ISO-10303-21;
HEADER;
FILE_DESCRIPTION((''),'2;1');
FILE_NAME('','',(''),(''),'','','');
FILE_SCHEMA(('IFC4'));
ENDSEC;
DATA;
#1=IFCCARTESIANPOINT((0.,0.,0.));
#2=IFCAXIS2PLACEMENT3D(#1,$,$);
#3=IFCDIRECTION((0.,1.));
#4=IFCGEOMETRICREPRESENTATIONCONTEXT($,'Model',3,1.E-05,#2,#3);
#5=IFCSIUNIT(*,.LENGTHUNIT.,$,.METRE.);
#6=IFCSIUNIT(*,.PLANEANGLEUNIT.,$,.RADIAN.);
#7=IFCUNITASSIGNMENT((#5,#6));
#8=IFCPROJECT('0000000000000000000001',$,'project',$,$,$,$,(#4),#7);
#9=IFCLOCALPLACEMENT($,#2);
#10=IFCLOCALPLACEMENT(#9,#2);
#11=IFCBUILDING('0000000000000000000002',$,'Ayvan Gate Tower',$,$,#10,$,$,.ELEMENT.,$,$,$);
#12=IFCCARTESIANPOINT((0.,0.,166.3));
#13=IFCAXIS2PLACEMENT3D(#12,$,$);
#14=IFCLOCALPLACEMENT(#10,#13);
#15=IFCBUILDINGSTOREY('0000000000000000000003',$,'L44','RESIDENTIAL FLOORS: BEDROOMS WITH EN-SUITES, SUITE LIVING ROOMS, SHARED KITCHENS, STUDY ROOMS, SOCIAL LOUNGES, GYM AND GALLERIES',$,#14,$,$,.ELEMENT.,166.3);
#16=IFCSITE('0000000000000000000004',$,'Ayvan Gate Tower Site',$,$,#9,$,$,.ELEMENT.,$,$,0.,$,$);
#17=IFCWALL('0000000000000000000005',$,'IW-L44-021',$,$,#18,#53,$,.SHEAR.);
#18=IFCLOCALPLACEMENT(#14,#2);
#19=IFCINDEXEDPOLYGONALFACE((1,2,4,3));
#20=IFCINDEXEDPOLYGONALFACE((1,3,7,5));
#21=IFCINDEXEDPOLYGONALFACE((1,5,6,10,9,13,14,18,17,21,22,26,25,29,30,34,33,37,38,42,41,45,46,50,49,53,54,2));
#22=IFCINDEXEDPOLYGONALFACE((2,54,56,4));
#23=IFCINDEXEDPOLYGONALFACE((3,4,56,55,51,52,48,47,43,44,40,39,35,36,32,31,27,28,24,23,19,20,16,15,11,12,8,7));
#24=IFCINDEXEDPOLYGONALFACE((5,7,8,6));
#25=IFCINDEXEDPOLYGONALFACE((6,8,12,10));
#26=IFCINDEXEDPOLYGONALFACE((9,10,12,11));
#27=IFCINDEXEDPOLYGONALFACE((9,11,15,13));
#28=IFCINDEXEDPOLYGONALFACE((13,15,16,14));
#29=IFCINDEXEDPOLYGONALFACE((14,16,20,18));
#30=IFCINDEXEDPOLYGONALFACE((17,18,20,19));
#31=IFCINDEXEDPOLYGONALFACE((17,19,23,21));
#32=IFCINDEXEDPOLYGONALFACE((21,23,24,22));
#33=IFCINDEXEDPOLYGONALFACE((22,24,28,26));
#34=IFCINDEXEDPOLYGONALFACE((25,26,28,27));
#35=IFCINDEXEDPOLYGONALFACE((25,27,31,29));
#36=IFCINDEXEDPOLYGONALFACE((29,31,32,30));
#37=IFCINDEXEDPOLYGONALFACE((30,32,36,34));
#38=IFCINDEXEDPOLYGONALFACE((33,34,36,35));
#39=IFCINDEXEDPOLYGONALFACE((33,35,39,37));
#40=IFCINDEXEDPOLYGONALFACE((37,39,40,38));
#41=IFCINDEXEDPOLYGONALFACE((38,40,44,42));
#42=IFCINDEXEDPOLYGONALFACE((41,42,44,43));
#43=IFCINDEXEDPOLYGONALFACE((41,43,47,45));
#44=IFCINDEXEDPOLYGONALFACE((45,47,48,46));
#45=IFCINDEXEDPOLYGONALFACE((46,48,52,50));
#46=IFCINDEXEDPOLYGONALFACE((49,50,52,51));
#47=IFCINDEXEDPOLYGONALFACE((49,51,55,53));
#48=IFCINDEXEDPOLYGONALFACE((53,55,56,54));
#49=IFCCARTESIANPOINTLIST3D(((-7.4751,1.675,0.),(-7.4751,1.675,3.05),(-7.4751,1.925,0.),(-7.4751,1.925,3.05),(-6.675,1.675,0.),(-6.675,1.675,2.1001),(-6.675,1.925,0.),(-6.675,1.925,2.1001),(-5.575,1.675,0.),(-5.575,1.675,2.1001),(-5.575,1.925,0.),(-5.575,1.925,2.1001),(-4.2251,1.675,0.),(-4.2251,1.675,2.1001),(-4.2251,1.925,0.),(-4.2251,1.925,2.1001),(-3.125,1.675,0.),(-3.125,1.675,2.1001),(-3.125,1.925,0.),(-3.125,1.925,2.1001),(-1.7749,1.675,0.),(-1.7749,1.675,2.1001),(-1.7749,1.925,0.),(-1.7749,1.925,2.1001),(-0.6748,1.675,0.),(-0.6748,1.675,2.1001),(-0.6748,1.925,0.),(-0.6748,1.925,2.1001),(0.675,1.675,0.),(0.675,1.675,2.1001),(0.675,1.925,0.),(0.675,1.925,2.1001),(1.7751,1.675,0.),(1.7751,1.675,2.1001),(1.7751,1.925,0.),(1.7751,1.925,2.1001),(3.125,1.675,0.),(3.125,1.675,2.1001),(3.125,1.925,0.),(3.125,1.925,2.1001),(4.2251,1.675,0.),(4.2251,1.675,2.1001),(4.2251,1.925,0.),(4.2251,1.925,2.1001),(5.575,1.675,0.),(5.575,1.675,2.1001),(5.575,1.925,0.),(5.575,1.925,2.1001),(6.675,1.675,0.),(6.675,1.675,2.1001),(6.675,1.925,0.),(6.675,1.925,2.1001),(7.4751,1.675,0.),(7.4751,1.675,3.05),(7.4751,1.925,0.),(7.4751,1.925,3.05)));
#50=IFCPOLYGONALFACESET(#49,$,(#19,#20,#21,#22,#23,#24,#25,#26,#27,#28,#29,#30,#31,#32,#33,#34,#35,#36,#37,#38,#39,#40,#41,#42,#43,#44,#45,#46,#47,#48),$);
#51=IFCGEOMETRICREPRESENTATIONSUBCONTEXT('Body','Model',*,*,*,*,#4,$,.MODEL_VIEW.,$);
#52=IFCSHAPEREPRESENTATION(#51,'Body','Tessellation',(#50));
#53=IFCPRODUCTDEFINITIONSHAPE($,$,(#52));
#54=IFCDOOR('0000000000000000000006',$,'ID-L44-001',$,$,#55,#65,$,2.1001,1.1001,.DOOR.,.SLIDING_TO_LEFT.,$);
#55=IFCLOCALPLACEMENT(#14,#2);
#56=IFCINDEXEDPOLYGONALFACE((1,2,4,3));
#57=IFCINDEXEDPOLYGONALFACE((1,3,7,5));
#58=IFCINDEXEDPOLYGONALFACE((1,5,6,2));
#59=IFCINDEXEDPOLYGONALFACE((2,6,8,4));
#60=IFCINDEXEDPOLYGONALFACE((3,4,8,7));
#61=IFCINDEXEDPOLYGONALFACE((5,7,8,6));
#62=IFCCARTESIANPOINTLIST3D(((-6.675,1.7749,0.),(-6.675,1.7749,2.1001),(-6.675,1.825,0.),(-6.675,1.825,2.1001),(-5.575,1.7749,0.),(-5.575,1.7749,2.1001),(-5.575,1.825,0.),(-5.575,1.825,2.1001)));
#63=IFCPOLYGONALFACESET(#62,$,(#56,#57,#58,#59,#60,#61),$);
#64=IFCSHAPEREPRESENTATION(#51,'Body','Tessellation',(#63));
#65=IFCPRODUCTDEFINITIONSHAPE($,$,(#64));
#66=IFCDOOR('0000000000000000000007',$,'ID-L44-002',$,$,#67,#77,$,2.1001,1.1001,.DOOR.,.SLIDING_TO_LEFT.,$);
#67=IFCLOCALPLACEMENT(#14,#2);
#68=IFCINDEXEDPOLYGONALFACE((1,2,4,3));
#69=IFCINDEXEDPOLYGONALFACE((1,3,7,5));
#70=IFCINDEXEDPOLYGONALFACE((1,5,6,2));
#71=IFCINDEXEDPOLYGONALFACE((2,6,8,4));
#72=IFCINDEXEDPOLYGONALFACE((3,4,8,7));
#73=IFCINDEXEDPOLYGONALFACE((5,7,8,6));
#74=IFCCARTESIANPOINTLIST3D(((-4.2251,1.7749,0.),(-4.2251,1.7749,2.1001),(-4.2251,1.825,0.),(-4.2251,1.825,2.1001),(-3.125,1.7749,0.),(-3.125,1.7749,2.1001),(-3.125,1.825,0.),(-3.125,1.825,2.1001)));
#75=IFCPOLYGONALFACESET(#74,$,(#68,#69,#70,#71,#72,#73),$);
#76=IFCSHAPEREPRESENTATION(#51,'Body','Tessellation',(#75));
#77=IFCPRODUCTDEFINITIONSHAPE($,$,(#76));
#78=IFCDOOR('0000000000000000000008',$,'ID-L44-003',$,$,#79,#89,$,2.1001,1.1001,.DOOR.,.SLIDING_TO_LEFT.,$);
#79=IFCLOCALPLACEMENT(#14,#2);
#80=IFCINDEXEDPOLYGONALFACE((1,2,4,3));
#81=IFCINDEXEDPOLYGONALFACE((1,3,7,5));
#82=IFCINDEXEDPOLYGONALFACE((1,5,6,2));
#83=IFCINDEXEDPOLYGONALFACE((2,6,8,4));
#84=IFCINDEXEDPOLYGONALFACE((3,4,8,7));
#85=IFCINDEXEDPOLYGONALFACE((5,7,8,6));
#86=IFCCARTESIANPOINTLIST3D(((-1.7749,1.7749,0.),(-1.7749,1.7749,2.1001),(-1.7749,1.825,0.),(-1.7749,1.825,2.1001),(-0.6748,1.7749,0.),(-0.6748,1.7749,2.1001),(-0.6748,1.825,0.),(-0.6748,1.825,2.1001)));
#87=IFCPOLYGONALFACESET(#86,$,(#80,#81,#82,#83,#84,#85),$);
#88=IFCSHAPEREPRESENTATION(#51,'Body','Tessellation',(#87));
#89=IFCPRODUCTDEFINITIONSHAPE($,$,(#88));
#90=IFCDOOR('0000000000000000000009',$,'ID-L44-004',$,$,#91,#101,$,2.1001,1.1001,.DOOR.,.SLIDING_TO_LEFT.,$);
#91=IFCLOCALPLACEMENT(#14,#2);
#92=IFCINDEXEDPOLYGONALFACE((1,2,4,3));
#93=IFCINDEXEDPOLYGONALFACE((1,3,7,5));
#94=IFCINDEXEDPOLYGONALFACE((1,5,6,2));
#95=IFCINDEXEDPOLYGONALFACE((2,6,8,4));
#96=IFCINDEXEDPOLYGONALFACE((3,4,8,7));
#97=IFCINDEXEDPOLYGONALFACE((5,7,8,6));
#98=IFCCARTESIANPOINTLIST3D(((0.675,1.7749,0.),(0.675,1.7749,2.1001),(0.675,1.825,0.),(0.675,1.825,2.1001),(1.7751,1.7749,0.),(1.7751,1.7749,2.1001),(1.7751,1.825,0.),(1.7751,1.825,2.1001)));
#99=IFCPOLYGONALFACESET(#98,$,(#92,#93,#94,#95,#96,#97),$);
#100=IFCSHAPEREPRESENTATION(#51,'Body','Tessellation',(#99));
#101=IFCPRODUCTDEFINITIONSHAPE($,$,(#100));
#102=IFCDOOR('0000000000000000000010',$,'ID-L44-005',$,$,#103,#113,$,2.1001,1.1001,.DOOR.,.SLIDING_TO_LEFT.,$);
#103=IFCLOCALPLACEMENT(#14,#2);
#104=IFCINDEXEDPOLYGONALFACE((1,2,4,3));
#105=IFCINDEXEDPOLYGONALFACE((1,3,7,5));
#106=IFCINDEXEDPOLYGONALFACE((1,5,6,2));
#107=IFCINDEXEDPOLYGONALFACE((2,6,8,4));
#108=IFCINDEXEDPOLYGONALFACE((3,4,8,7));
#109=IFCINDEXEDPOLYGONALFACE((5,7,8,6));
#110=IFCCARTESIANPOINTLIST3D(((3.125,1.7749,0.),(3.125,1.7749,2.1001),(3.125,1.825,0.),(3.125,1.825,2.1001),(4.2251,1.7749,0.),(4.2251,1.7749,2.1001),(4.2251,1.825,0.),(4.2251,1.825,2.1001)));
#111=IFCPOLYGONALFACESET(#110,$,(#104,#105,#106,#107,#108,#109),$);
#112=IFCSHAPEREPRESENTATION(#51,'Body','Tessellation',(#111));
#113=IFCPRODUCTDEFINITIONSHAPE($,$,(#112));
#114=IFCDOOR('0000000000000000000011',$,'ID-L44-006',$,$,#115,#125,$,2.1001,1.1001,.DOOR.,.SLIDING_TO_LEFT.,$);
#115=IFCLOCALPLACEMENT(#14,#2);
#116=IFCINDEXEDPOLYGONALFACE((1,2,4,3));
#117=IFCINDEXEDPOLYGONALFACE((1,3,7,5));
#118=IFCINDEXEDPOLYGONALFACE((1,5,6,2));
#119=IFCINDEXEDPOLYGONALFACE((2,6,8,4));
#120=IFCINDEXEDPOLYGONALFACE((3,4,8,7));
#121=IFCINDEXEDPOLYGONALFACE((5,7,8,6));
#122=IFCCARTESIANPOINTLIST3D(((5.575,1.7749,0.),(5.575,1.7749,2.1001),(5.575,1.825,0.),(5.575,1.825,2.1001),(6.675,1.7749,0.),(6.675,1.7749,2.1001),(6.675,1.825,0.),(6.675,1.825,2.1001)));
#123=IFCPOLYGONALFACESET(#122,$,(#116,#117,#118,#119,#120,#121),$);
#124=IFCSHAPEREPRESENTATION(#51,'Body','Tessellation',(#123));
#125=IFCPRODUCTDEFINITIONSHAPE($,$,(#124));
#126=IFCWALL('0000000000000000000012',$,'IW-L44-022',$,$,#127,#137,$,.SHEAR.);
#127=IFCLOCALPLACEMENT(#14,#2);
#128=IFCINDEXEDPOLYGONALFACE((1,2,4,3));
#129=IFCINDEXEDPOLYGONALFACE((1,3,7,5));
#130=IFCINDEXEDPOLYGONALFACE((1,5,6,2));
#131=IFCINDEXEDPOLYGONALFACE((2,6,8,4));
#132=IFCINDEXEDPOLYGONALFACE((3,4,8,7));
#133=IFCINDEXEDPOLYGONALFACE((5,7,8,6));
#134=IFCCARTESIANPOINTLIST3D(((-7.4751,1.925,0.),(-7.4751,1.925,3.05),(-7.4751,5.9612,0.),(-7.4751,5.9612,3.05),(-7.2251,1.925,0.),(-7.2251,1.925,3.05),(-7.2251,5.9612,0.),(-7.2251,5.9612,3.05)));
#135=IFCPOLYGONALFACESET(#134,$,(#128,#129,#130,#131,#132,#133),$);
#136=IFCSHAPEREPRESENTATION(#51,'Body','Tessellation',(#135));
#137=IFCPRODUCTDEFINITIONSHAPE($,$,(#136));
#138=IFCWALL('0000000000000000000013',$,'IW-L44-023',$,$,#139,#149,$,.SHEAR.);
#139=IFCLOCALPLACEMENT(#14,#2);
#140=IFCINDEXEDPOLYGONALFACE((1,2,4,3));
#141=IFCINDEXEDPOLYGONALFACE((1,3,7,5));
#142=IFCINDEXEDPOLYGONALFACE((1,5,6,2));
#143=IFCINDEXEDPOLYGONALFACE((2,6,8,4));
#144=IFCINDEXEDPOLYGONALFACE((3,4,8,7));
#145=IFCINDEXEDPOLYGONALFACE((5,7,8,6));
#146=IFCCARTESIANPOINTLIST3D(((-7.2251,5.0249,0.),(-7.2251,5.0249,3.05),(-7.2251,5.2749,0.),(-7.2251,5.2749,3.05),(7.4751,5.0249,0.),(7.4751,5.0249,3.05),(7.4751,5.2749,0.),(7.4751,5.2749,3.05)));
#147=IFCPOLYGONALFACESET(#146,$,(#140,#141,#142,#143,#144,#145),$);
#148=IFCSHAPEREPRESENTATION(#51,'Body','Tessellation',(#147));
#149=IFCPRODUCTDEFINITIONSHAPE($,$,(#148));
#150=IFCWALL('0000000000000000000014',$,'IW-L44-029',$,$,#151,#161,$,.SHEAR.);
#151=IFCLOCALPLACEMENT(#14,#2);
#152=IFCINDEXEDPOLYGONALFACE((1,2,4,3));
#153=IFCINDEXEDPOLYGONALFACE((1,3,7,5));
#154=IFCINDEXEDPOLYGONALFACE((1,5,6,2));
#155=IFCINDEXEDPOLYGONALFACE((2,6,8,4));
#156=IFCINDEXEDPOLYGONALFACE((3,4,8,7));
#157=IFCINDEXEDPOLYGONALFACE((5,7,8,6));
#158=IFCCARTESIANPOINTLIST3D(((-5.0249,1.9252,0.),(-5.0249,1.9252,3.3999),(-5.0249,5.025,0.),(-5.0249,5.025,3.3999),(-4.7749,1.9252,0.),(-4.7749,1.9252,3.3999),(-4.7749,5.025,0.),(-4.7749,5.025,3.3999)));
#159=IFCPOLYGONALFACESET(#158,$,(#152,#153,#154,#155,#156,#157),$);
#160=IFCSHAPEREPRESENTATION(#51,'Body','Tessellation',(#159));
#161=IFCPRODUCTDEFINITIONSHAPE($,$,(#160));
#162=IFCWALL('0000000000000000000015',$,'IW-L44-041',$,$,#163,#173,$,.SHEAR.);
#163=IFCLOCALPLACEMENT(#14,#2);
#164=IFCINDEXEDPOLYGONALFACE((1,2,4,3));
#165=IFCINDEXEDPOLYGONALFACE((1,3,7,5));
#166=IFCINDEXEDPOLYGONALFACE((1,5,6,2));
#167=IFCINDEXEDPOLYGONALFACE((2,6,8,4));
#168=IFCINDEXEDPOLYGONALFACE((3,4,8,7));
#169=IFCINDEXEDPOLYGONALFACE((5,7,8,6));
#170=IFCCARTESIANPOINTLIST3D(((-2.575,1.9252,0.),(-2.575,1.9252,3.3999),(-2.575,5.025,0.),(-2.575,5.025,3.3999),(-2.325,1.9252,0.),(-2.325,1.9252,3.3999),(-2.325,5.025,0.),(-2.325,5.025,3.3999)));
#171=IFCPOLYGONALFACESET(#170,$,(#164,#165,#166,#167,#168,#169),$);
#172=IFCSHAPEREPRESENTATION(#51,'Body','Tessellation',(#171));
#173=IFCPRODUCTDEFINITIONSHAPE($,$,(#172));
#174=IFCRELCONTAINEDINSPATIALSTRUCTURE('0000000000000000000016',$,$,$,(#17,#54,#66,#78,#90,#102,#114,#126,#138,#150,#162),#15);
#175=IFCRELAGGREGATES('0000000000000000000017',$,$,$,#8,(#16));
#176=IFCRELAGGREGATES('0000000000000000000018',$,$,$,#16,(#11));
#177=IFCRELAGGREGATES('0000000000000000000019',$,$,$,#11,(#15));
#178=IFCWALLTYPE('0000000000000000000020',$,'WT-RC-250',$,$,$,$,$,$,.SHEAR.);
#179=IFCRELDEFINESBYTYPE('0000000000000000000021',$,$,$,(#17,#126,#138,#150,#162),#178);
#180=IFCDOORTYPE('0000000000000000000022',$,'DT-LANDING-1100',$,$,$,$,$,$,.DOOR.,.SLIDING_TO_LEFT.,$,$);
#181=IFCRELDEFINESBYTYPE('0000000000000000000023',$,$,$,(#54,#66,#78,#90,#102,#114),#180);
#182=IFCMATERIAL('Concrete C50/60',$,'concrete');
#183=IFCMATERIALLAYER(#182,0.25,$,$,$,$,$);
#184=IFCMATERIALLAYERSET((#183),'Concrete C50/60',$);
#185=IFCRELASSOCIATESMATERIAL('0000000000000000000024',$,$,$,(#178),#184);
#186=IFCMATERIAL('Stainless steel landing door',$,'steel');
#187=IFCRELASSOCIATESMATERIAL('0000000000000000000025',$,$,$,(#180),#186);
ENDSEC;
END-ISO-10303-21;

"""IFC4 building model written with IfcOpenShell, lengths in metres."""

from ifc_helpers import new_model, si_unit, direction, frame, frame_2d, origin, place, context, subcontext, project, spatial, rectangle, extrude, material, layer, layer_set, type_object, element, fill, save


model = new_model("IFC4")

# Units and contexts
model_context = context("Model", 3, precision=1e-05, world=origin(), true_north=direction((0.0, 1.0)))
body_context = subcontext(model_context, "Body", "Model", "MODEL_VIEW")
ifc_project = project(units=[si_unit("LENGTHUNIT", "METRE"), si_unit("PLANEANGLEUNIT", "RADIAN")], contexts=[model_context])

# Site, building, storey
site_placement = place(None, origin())
site = spatial("IfcSite", under=ifc_project, at=site_placement, Name="Ayvan Gate Tower Site", CompositionType="ELEMENT", RefElevation=0.0)
building_placement = place(site_placement, origin())
building = spatial("IfcBuilding", under=site, at=building_placement, Name="Ayvan Gate Tower", CompositionType="ELEMENT")
storey_placement = place(building_placement, frame((0.0, 0.0, 166.3)))
storey = spatial("IfcBuildingStorey", under=building, at=storey_placement, Name="L44", Description="RESIDENTIAL FLOORS: BEDROOMS WITH EN-SUITES, SUITE LIVING ROOMS, SHARED KITCHENS, STUDY ROOMS, SOCIAL LOUNGES, GYM AND GALLERIES", CompositionType="ELEMENT", Elevation=166.3)

# Wall, openings, doors
ifc_material_1 = material(Name="Concrete C50/60", Category="concrete")
ifc_layer_1 = layer(ifc_material_1, 0.25)
ifc_layer_set_1 = layer_set([ifc_layer_1], Name="Concrete C50/60")
wall_type_1 = type_object("IfcWallType", Name="WT-RC-250", PredefinedType="SHEAR", material=ifc_layer_set_1)
wall_1_placement = place(storey_placement, frame((-7.4751, 1.8, 0.0), z_axis=(0.0, 0.0, 1.0), x_axis=(1.0, 0.0, 0.0)))
wall_1 = element("IfcWall", 1, at=wall_1_placement, inside=storey, type_object=wall_type_1, Name="IW-L44-021", PredefinedType="SHEAR", context=body_context, shape_type="SweptSolid", body=[
    extrude(rectangle(XDim=14.9502, YDim=0.25, at=frame_2d((7.4751, 0.0))), origin(), (0.0, 0.0, 1.0), 3.05),
])
opening_1_placement = place(wall_1_placement, frame((0.8, 0.0, 0.0)))
opening_1 = element("IfcOpeningElement", 2, at=opening_1_placement, cuts=wall_1, PredefinedType="OPENING", context=body_context, shape_type="SweptSolid", body=[
    extrude(rectangle(XDim=1.1001, YDim=2.1001, at=frame_2d((0.55, 1.05))), frame((0.0, 0.135, 0.0), z_axis=(0.0, -1.0, 0.0), x_axis=(1.0, 0.0, 0.0)), (0.0, 0.0, 1.0), 0.27),
])
opening_2_placement = place(wall_1_placement, frame((3.25, 0.0, 0.0)))
opening_2 = element("IfcOpeningElement", 3, at=opening_2_placement, cuts=wall_1, PredefinedType="OPENING", context=body_context, shape_type="SweptSolid", body=[
    extrude(rectangle(XDim=1.1001, YDim=2.1001, at=frame_2d((0.55, 1.05))), frame((0.0, 0.135, 0.0), z_axis=(0.0, -1.0, 0.0), x_axis=(1.0, 0.0, 0.0)), (0.0, 0.0, 1.0), 0.27),
])
opening_3_placement = place(wall_1_placement, frame((5.7002, 0.0, 0.0)))
opening_3 = element("IfcOpeningElement", 4, at=opening_3_placement, cuts=wall_1, PredefinedType="OPENING", context=body_context, shape_type="SweptSolid", body=[
    extrude(rectangle(XDim=1.1001, YDim=2.1001, at=frame_2d((0.55, 1.05))), frame((0.0, 0.135, 0.0), z_axis=(0.0, -1.0, 0.0), x_axis=(1.0, 0.0, 0.0)), (0.0, 0.0, 1.0), 0.27),
])
opening_4_placement = place(wall_1_placement, frame((8.1501, 0.0, 0.0)))
opening_4 = element("IfcOpeningElement", 5, at=opening_4_placement, cuts=wall_1, PredefinedType="OPENING", context=body_context, shape_type="SweptSolid", body=[
    extrude(rectangle(XDim=1.1001, YDim=2.1001, at=frame_2d((0.55, 1.05))), frame((0.0, 0.135, 0.0), z_axis=(0.0, -1.0, 0.0), x_axis=(1.0, 0.0, 0.0)), (0.0, 0.0, 1.0), 0.27),
])
opening_5_placement = place(wall_1_placement, frame((10.6001, 0.0, 0.0)))
opening_5 = element("IfcOpeningElement", 6, at=opening_5_placement, cuts=wall_1, PredefinedType="OPENING", context=body_context, shape_type="SweptSolid", body=[
    extrude(rectangle(XDim=1.1001, YDim=2.1001, at=frame_2d((0.55, 1.05))), frame((0.0, 0.135, 0.0), z_axis=(0.0, -1.0, 0.0), x_axis=(1.0, 0.0, 0.0)), (0.0, 0.0, 1.0), 0.27),
])
opening_6_placement = place(wall_1_placement, frame((13.05, 0.0, 0.0)))
opening_6 = element("IfcOpeningElement", 7, at=opening_6_placement, cuts=wall_1, PredefinedType="OPENING", context=body_context, shape_type="SweptSolid", body=[
    extrude(rectangle(XDim=1.1001, YDim=2.1001, at=frame_2d((0.55, 1.05))), frame((0.0, 0.135, 0.0), z_axis=(0.0, -1.0, 0.0), x_axis=(1.0, 0.0, 0.0)), (0.0, 0.0, 1.0), 0.27),
])
ifc_material_2 = material(Name="Stainless steel landing door", Category="steel")
door_type_1 = type_object("IfcDoorType", Name="DT-LANDING-1100", OperationType="SLIDING_TO_LEFT", PredefinedType="DOOR", material=ifc_material_2)
door_1_placement = place(opening_1_placement, origin())
door_1 = element("IfcDoor", 8, at=door_1_placement, inside=storey, type_object=door_type_1, Name="ID-L44-001", OperationType="SLIDING_TO_LEFT", OverallHeight=2.1001, OverallWidth=1.1001, PredefinedType="DOOR", context=body_context, shape_type="SweptSolid", body=[
    extrude(rectangle(XDim=1.1001, YDim=2.1001, at=frame_2d((0.55, 1.05))), frame((0.0, 0.0249, 0.0), z_axis=(0.0, -1.0, 0.0), x_axis=(1.0, 0.0, 0.0)), (0.0, 0.0, 1.0), 0.05),
])
fill(opening_1, door_1)
door_2_placement = place(opening_2_placement, origin())
door_2 = element("IfcDoor", 9, at=door_2_placement, inside=storey, type_object=door_type_1, Name="ID-L44-002", OperationType="SLIDING_TO_LEFT", OverallHeight=2.1001, OverallWidth=1.1001, PredefinedType="DOOR", context=body_context, shape_type="SweptSolid", body=[
    extrude(rectangle(XDim=1.1001, YDim=2.1001, at=frame_2d((0.55, 1.05))), frame((0.0, 0.0249, 0.0), z_axis=(0.0, -1.0, 0.0), x_axis=(1.0, 0.0, 0.0)), (0.0, 0.0, 1.0), 0.05),
])
fill(opening_2, door_2)
door_3_placement = place(opening_3_placement, origin())
door_3 = element("IfcDoor", 10, at=door_3_placement, inside=storey, type_object=door_type_1, Name="ID-L44-003", OperationType="SLIDING_TO_LEFT", OverallHeight=2.1001, OverallWidth=1.1001, PredefinedType="DOOR", context=body_context, shape_type="SweptSolid", body=[
    extrude(rectangle(XDim=1.1001, YDim=2.1001, at=frame_2d((0.55, 1.05))), frame((0.0, 0.0249, 0.0), z_axis=(0.0, -1.0, 0.0), x_axis=(1.0, 0.0, 0.0)), (0.0, 0.0, 1.0), 0.05),
])
fill(opening_3, door_3)
door_4_placement = place(opening_4_placement, origin())
door_4 = element("IfcDoor", 11, at=door_4_placement, inside=storey, type_object=door_type_1, Name="ID-L44-004", OperationType="SLIDING_TO_LEFT", OverallHeight=2.1001, OverallWidth=1.1001, PredefinedType="DOOR", context=body_context, shape_type="SweptSolid", body=[
    extrude(rectangle(XDim=1.1001, YDim=2.1001, at=frame_2d((0.55, 1.05))), frame((0.0, 0.0249, 0.0), z_axis=(0.0, -1.0, 0.0), x_axis=(1.0, 0.0, 0.0)), (0.0, 0.0, 1.0), 0.05),
])
fill(opening_4, door_4)
door_5_placement = place(opening_5_placement, origin())
door_5 = element("IfcDoor", 12, at=door_5_placement, inside=storey, type_object=door_type_1, Name="ID-L44-005", OperationType="SLIDING_TO_LEFT", OverallHeight=2.1001, OverallWidth=1.1001, PredefinedType="DOOR", context=body_context, shape_type="SweptSolid", body=[
    extrude(rectangle(XDim=1.1001, YDim=2.1001, at=frame_2d((0.55, 1.05))), frame((0.0, 0.0249, 0.0), z_axis=(0.0, -1.0, 0.0), x_axis=(1.0, 0.0, 0.0)), (0.0, 0.0, 1.0), 0.05),
])
fill(opening_5, door_5)
door_6_placement = place(opening_6_placement, origin())
door_6 = element("IfcDoor", 13, at=door_6_placement, inside=storey, type_object=door_type_1, Name="ID-L44-006", OperationType="SLIDING_TO_LEFT", OverallHeight=2.1001, OverallWidth=1.1001, PredefinedType="DOOR", context=body_context, shape_type="SweptSolid", body=[
    extrude(rectangle(XDim=1.1001, YDim=2.1001, at=frame_2d((0.55, 1.05))), frame((0.0, 0.0249, 0.0), z_axis=(0.0, -1.0, 0.0), x_axis=(1.0, 0.0, 0.0)), (0.0, 0.0, 1.0), 0.05),
])
fill(opening_6, door_6)

# Walls
wall_2_placement = place(storey_placement, frame((-7.3501, 1.925, 0.0), z_axis=(0.0, 0.0, 1.0), x_axis=(0.0, 1.0, 0.0)))
element("IfcWall", 14, at=wall_2_placement, inside=storey, type_object=wall_type_1, Name="IW-L44-022", PredefinedType="SHEAR", context=body_context, shape_type="SweptSolid", body=[
    extrude(rectangle(XDim=4.0361, YDim=0.25, at=frame_2d((2.0181, 0.0))), origin(), (0.0, 0.0, 1.0), 3.05),
])
wall_3_placement = place(storey_placement, frame((-7.2251, 5.1499, 0.0), z_axis=(0.0, 0.0, 1.0), x_axis=(1.0, 0.0, 0.0)))
element("IfcWall", 15, at=wall_3_placement, inside=storey, type_object=wall_type_1, Name="IW-L44-023", PredefinedType="SHEAR", context=body_context, shape_type="SweptSolid", body=[
    extrude(rectangle(XDim=14.7002, YDim=0.25, at=frame_2d((7.3501, 0.0))), origin(), (0.0, 0.0, 1.0), 3.05),
])
for number, where, z_axis, x_axis, name in (
    (16, (-4.8999, 5.0249, 0.0), (0.0, 0.0, 1.0), (0.0, -1.0, 0.0), "IW-L44-029"),
    (17, (-2.45, 5.0249, 0.0), (0.0, 0.0, 1.0), (0.0, -1.0, 0.0), "IW-L44-041"),
):
    element("IfcWall", number, at=place(storey_placement, frame(where, z_axis=z_axis, x_axis=x_axis)), inside=storey, type_object=wall_type_1, Name=name, PredefinedType="SHEAR", context=body_context, shape_type="SweptSolid", body=[
        extrude(rectangle(XDim=3.0999, YDim=0.25, at=frame_2d((1.5498, 0.0))), origin(), (0.0, 0.0, 1.0), 3.3999),
    ])

save(model, "model.ifc")
